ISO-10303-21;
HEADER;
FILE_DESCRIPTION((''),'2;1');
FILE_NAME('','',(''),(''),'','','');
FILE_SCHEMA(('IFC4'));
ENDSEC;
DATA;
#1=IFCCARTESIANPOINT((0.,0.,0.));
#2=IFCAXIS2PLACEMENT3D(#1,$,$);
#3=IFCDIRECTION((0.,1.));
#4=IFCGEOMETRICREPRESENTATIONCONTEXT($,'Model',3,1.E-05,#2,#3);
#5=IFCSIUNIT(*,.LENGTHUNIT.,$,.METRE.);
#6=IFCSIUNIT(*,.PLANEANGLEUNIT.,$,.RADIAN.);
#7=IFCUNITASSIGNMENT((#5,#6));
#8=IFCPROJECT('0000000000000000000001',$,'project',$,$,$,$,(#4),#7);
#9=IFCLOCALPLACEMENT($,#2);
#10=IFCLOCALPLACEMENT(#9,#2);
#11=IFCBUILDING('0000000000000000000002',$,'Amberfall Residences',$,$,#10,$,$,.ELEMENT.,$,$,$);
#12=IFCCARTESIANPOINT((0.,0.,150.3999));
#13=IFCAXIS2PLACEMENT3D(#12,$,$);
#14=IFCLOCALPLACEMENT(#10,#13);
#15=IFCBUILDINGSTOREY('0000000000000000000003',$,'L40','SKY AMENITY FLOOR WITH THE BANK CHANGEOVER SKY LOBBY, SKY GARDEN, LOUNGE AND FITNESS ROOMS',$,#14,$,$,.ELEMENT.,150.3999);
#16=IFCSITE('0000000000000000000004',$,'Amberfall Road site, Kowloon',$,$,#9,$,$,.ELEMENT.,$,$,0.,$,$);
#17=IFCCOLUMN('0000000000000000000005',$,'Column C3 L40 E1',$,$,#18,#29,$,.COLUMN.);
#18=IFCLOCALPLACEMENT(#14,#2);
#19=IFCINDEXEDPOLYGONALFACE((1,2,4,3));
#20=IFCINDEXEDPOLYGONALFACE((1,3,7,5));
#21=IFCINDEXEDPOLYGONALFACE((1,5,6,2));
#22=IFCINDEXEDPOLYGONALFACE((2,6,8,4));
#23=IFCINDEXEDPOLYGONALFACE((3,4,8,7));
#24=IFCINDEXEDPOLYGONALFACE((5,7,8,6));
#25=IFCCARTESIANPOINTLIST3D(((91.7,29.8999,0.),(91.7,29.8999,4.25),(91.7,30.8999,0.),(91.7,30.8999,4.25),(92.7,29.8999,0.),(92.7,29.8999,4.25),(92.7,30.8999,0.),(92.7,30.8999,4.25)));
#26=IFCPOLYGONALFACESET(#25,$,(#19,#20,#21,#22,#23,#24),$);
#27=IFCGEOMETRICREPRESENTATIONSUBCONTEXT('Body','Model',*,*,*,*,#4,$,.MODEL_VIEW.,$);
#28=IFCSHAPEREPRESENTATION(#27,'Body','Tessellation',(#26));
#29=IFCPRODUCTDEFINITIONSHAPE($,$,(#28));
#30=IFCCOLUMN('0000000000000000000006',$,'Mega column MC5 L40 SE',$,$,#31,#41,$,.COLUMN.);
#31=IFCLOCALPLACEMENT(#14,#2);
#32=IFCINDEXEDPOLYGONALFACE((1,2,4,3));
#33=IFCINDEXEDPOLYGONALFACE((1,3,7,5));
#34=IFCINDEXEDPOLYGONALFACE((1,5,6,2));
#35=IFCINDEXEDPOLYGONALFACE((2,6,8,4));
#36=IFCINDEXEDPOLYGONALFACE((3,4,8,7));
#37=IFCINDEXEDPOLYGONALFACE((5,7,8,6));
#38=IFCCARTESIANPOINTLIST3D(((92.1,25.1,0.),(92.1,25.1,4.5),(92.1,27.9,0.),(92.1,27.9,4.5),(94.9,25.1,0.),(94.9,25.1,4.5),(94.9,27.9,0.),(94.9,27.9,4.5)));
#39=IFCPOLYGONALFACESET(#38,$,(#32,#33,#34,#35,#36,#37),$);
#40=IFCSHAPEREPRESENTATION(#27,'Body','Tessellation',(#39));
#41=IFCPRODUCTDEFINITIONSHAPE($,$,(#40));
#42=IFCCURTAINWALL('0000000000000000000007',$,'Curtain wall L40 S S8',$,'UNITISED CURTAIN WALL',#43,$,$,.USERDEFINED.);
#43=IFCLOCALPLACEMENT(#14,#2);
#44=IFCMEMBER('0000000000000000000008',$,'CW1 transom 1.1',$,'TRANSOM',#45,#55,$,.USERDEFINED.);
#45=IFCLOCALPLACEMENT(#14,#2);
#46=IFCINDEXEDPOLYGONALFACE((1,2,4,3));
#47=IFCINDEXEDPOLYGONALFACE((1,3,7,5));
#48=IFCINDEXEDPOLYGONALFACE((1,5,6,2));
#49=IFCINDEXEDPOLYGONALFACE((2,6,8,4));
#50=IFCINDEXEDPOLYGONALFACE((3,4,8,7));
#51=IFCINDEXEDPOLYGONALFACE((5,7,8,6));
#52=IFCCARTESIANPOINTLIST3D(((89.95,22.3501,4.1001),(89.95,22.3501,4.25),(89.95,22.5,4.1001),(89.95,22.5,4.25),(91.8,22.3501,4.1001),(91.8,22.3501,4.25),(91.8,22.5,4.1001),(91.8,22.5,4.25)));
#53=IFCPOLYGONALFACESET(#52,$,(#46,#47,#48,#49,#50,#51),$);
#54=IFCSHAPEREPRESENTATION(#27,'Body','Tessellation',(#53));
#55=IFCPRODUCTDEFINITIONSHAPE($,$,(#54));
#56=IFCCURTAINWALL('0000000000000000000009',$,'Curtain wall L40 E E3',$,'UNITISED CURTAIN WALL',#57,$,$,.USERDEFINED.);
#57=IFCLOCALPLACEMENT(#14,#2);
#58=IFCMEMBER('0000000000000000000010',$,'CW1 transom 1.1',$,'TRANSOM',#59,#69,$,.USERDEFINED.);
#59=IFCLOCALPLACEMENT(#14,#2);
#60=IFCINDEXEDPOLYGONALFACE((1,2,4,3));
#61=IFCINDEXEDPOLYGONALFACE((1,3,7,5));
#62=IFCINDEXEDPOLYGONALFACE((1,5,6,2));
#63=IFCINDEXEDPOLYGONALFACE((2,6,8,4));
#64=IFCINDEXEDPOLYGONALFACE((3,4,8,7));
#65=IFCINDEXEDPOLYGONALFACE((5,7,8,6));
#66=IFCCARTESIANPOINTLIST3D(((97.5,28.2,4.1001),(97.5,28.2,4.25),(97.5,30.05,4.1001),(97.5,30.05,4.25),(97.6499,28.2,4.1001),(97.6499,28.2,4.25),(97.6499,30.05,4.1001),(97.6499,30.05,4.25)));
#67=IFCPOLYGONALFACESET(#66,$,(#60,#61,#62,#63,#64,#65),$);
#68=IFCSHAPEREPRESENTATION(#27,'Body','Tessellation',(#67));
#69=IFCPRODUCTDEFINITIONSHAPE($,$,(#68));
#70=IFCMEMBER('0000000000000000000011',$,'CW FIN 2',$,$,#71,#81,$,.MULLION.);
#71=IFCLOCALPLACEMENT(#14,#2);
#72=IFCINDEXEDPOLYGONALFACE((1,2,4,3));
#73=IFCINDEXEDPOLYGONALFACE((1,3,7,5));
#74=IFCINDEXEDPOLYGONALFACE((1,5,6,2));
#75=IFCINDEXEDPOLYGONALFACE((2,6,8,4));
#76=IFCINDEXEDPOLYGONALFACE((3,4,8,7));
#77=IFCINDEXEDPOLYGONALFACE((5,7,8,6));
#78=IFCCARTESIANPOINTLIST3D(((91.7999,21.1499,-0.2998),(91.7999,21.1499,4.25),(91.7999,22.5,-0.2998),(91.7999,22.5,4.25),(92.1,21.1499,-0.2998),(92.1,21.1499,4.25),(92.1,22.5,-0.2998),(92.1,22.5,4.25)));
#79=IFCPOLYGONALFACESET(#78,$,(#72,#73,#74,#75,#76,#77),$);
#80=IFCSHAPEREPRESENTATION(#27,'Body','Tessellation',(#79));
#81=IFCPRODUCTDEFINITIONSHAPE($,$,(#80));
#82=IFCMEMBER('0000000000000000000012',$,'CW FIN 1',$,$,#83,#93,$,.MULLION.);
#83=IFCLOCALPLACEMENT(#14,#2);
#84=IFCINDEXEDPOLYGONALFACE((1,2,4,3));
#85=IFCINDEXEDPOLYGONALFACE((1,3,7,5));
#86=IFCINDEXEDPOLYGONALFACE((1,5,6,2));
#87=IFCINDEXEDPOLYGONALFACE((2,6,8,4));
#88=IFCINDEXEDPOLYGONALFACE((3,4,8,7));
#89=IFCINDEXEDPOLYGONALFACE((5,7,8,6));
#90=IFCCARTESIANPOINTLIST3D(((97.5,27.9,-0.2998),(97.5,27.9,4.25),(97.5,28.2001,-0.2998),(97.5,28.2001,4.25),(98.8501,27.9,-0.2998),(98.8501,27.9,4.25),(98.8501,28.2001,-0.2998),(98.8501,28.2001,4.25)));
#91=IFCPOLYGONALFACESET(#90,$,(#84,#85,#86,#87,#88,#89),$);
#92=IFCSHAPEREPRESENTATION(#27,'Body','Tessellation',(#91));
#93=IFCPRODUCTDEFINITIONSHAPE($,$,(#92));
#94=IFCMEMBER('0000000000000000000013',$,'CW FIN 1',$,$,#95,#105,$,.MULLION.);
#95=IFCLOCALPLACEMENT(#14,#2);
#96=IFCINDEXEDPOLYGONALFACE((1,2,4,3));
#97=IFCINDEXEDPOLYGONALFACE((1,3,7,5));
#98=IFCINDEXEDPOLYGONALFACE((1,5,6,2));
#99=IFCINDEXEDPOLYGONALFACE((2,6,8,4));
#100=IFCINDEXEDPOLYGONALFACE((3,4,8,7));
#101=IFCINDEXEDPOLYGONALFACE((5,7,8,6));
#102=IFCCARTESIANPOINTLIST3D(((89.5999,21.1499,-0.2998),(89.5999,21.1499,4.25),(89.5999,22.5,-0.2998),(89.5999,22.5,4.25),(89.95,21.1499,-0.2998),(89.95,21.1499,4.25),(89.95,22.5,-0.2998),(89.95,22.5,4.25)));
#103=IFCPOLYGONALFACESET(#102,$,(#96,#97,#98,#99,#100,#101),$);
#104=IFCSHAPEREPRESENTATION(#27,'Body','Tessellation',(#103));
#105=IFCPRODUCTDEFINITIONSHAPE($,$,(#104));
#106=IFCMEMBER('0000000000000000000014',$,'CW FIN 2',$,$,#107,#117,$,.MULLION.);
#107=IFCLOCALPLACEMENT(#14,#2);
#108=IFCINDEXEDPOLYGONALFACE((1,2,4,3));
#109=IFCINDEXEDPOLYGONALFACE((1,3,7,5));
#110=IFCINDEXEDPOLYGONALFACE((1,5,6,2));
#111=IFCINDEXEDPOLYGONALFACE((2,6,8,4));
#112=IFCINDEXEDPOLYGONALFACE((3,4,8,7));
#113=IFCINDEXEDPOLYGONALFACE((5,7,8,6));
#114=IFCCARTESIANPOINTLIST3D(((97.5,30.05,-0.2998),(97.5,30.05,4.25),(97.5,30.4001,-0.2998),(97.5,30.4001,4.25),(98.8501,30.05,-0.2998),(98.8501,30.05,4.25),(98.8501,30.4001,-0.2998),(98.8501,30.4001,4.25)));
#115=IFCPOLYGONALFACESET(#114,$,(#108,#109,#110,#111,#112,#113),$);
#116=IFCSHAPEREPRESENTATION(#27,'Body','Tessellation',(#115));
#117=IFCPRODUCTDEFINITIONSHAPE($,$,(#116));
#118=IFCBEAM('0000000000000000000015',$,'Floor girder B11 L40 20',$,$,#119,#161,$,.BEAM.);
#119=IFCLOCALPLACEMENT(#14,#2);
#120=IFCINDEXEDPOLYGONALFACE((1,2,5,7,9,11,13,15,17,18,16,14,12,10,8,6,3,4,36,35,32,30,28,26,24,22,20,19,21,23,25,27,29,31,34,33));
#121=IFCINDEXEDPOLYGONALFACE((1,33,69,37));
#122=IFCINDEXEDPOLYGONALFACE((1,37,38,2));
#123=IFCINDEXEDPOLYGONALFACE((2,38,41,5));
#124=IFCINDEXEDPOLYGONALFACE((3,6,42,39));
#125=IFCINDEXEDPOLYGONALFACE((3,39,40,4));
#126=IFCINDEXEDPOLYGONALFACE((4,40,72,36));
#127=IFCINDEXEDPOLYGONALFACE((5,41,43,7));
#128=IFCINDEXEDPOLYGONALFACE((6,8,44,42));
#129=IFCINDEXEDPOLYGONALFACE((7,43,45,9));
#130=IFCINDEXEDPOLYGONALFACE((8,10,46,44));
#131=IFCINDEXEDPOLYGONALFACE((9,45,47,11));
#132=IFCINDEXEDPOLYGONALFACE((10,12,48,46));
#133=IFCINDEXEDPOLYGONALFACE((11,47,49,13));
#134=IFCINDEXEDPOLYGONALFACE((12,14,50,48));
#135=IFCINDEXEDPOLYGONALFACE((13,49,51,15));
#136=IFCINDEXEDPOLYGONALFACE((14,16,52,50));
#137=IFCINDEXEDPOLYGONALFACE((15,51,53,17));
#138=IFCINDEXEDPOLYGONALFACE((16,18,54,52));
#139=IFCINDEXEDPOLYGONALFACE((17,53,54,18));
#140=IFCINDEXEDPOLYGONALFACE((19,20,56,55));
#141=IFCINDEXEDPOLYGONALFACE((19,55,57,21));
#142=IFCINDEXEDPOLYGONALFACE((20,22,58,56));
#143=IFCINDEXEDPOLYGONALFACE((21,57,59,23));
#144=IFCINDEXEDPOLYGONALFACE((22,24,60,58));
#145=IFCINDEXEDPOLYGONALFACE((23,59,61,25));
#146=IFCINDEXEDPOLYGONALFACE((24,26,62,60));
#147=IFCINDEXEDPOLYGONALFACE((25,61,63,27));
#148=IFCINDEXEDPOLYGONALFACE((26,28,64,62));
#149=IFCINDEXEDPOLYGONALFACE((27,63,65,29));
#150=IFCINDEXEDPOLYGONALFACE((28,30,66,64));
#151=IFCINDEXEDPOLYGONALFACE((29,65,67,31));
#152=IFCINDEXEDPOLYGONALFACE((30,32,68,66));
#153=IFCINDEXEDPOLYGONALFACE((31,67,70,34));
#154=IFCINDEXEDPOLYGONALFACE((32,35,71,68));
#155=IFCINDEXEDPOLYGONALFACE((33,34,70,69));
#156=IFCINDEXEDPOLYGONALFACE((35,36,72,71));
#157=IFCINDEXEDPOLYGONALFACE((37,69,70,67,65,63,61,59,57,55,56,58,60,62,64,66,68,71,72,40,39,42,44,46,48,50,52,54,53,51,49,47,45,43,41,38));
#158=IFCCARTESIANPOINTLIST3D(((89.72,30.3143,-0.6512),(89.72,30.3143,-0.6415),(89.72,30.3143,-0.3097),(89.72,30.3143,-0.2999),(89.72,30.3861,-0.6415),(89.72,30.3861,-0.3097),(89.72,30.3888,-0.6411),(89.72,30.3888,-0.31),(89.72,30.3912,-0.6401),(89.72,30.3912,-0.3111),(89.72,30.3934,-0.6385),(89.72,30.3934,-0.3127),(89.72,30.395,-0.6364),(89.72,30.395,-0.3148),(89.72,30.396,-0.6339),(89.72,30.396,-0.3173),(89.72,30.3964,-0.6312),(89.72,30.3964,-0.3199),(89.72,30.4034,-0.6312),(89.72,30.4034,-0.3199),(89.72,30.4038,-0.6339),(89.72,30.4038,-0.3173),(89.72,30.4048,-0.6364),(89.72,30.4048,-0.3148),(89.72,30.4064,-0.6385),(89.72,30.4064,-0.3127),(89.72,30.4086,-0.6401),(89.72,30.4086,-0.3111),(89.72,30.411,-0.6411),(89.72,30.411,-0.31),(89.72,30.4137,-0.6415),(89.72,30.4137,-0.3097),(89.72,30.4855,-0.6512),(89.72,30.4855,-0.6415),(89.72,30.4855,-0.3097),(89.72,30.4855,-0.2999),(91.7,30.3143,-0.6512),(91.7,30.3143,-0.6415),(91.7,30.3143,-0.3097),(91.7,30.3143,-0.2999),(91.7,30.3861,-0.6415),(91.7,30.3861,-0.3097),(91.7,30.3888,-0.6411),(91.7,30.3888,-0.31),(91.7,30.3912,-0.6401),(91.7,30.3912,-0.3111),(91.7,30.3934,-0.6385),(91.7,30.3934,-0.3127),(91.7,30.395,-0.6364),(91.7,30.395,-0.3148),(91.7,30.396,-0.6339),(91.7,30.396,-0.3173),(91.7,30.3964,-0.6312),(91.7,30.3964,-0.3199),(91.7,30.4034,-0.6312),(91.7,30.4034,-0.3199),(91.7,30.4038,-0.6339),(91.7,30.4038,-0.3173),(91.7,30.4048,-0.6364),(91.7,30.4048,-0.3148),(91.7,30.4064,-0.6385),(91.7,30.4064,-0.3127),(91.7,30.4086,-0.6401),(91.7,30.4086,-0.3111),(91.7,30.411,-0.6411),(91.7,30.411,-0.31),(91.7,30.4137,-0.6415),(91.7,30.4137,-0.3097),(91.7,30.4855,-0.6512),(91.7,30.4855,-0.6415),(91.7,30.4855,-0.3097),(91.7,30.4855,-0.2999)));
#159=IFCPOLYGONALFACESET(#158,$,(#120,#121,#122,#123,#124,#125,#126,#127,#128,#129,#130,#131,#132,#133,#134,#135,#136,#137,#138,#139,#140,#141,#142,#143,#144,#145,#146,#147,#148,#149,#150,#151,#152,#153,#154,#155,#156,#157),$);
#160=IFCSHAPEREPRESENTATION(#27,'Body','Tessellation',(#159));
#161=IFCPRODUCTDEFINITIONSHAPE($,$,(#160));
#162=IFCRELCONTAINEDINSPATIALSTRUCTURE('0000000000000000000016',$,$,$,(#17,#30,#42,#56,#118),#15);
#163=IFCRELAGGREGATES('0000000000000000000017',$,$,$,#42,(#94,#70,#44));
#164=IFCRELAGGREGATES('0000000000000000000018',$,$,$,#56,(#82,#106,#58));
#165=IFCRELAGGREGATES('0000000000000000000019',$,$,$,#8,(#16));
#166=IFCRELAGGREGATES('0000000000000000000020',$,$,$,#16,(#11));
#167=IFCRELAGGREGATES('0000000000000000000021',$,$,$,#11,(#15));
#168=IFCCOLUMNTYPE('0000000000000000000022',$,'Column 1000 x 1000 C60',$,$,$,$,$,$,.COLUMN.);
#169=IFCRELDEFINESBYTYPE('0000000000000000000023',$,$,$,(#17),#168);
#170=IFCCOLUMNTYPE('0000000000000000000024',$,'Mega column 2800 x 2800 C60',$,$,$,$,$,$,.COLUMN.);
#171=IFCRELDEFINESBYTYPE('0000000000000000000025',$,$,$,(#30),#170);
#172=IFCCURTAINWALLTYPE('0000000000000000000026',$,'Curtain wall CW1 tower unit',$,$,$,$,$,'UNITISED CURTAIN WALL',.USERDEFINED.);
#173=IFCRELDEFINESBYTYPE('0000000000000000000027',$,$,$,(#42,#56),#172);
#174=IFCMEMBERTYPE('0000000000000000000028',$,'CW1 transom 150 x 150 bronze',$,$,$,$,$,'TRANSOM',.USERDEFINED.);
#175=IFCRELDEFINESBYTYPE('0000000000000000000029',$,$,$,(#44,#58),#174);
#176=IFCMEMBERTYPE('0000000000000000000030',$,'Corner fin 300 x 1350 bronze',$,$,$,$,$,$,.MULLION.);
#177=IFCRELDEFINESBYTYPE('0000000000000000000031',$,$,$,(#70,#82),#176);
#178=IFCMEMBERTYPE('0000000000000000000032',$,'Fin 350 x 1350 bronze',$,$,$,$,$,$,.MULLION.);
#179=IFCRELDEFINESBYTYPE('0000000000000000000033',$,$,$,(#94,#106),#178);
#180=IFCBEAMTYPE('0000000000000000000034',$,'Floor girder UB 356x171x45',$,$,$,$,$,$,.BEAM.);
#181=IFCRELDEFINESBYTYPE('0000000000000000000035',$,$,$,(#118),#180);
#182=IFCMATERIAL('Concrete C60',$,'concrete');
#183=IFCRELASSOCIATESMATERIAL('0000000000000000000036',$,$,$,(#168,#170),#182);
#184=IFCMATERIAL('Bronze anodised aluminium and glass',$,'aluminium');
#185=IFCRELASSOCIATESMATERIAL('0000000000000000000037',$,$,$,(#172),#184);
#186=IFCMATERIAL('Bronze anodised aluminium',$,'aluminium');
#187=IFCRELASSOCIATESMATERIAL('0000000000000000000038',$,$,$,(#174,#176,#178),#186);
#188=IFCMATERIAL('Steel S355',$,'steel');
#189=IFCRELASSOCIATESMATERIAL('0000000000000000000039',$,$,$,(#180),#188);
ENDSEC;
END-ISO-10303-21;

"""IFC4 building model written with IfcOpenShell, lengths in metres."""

from ifc_helpers import new_model, si_unit, direction, frame, origin, origin_2d, place, context, subcontext, project, spatial, rectangle, i_section, extrude, material, material_profile, profile_set, type_object, element, aggregate, save


model = new_model("IFC4")

# Units and contexts
model_context = context("Model", 3, precision=1e-05, world=origin(), true_north=direction((0.0, 1.0)))
body_context = subcontext(model_context, "Body", "Model", "MODEL_VIEW")
ifc_project = project(units=[si_unit("LENGTHUNIT", "METRE"), si_unit("PLANEANGLEUNIT", "RADIAN")], contexts=[model_context])

# Site, building, storey
site_placement = place(None, origin())
site = spatial("IfcSite", under=ifc_project, at=site_placement, Name="Amberfall Road site, Kowloon", CompositionType="ELEMENT", RefElevation=0.0)
building_placement = place(site_placement, origin())
building = spatial("IfcBuilding", under=site, at=building_placement, Name="Amberfall Residences", CompositionType="ELEMENT")
storey_placement = place(building_placement, frame((0.0, 0.0, 150.3999)))
storey = spatial("IfcBuildingStorey", under=building, at=storey_placement, Name="L40", Description="SKY AMENITY FLOOR WITH THE BANK CHANGEOVER SKY LOBBY, SKY GARDEN, LOUNGE AND FITNESS ROOMS", CompositionType="ELEMENT", Elevation=150.3999)

# Columns
ifc_material_1 = material(Name="Concrete C60", Category="concrete")
ifc_material_profile_1 = material_profile(ifc_material_1, rectangle(XDim=1.0, YDim=1.0, at=origin_2d()), Name="Column 1000 x 1000 C60")
ifc_profile_set_1 = profile_set([ifc_material_profile_1], Name="Concrete C60")
column_type_1 = type_object("IfcColumnType", Name="Column 1000 x 1000 C60", PredefinedType="COLUMN", material=ifc_profile_set_1)
column_1_placement = place(storey_placement, frame((92.2, 30.3999, 0.0), z_axis=(0.0, 0.0, 1.0), x_axis=(1.0, 0.0, 0.0)))
element("IfcColumn", 1, at=column_1_placement, inside=storey, type_object=column_type_1, Name="Column C3 L40 E1", PredefinedType="COLUMN", context=body_context, shape_type="SweptSolid", body=[
    extrude(rectangle(XDim=1.0, YDim=1.0, at=origin_2d()), origin(), (0.0, 0.0, 1.0), 4.25),
])
ifc_material_profile_2 = material_profile(ifc_material_1, rectangle(XDim=2.8, YDim=2.8, at=origin_2d()), Name="Mega column 2800 x 2800 C60")
ifc_profile_set_2 = profile_set([ifc_material_profile_2], Name="Concrete C60")
column_type_2 = type_object("IfcColumnType", Name="Mega column 2800 x 2800 C60", PredefinedType="COLUMN", material=ifc_profile_set_2)
column_2_placement = place(storey_placement, frame((93.5, 26.5, 0.0), z_axis=(0.0, 0.0, 1.0), x_axis=(1.0, 0.0, 0.0)))
element("IfcColumn", 2, at=column_2_placement, inside=storey, type_object=column_type_2, Name="Mega column MC5 L40 SE", PredefinedType="COLUMN", context=body_context, shape_type="SweptSolid", body=[
    extrude(rectangle(XDim=2.8, YDim=2.8, at=origin_2d()), origin(), (0.0, 0.0, 1.0), 4.5),
])

# Curtain walls, members
ifc_material_2 = material(Name="Bronze anodised aluminium and glass", Category="aluminium")
curtain_wall_type = type_object("IfcCurtainWallType", Name="Curtain wall CW1 tower unit", ElementType="UNITISED CURTAIN WALL", PredefinedType="USERDEFINED", material=ifc_material_2)
curtain_wall_1_placement = place(storey_placement, origin())
curtain_wall_1 = element("IfcCurtainWall", 3, at=curtain_wall_1_placement, inside=storey, type_object=curtain_wall_type, Name="Curtain wall L40 S S8", ObjectType="UNITISED CURTAIN WALL", PredefinedType="USERDEFINED")
ifc_material_3 = material(Name="Bronze anodised aluminium", Category="aluminium")
ifc_material_profile_3 = material_profile(ifc_material_3, rectangle(XDim=0.1499, YDim=0.1499, at=origin_2d()), Name="CW1 transom 150 x 150 bronze")
ifc_profile_set_3 = profile_set([ifc_material_profile_3], Name="Bronze anodised aluminium")
member_type_1 = type_object("IfcMemberType", Name="CW1 transom 150 x 150 bronze", ElementType="TRANSOM", PredefinedType="USERDEFINED", material=ifc_profile_set_3)
member_1_placement = place(storey_placement, frame((89.95, 22.425, 4.175), z_axis=(1.0, 0.0, 0.0), x_axis=(0.0, 1.0, 0.0)))
member_1 = element("IfcMember", 4, at=member_1_placement, type_object=member_type_1, Name="CW1 transom 1.1", ObjectType="TRANSOM", PredefinedType="USERDEFINED", context=body_context, shape_type="SweptSolid", body=[
    extrude(rectangle(XDim=0.1499, YDim=0.1499, at=origin_2d()), origin(), (0.0, 0.0, 1.0), 1.8501),
])
curtain_wall_2_placement = place(storey_placement, origin())
curtain_wall_2 = element("IfcCurtainWall", 5, at=curtain_wall_2_placement, inside=storey, type_object=curtain_wall_type, Name="Curtain wall L40 E E3", ObjectType="UNITISED CURTAIN WALL", PredefinedType="USERDEFINED")
member_2_placement = place(storey_placement, frame((97.575, 28.2, 4.175), z_axis=(0.0, 1.0, 0.0), x_axis=(-1.0, 0.0, 0.0)))
member_2 = element("IfcMember", 6, at=member_2_placement, type_object=member_type_1, Name="CW1 transom 1.1", ObjectType="TRANSOM", PredefinedType="USERDEFINED", context=body_context, shape_type="SweptSolid", body=[
    extrude(rectangle(XDim=0.1499, YDim=0.1499, at=origin_2d()), origin(), (0.0, 0.0, 1.0), 1.8501),
])

# Members
ifc_material_profile_4 = material_profile(ifc_material_3, rectangle(XDim=1.3501, YDim=0.3, at=origin_2d()), Name="Corner fin 300 x 1350 bronze")
ifc_profile_set_4 = profile_set([ifc_material_profile_4], Name="Bronze anodised aluminium")
member_type_2 = type_object("IfcMemberType", Name="Corner fin 300 x 1350 bronze", PredefinedType="MULLION", material=ifc_profile_set_4)
member_3_placement = place(storey_placement, frame((91.95, 21.825, -0.2998), z_axis=(0.0, 0.0, 1.0), x_axis=(0.0, 1.0, 0.0)))
member_3 = element("IfcMember", 7, at=member_3_placement, type_object=member_type_2, Name="CW FIN 2", PredefinedType="MULLION", context=body_context, shape_type="SweptSolid", body=[
    extrude(rectangle(XDim=1.3501, YDim=0.3, at=origin_2d()), origin(), (0.0, 0.0, 1.0), 4.5498),
])
member_4_placement = place(storey_placement, frame((98.175, 28.05, -0.2998), z_axis=(0.0, 0.0, 1.0), x_axis=(-1.0, 0.0, 0.0)))
member_4 = element("IfcMember", 8, at=member_4_placement, type_object=member_type_2, Name="CW FIN 1", PredefinedType="MULLION", context=body_context, shape_type="SweptSolid", body=[
    extrude(rectangle(XDim=1.3501, YDim=0.3, at=origin_2d()), origin(), (0.0, 0.0, 1.0), 4.5498),
])
ifc_material_profile_5 = material_profile(ifc_material_3, rectangle(XDim=1.3501, YDim=0.3501, at=origin_2d()), Name="Fin 350 x 1350 bronze")
ifc_profile_set_5 = profile_set([ifc_material_profile_5], Name="Bronze anodised aluminium")
member_type_3 = type_object("IfcMemberType", Name="Fin 350 x 1350 bronze", PredefinedType="MULLION", material=ifc_profile_set_5)
member_5_placement = place(storey_placement, frame((89.7749, 21.825, -0.2998), z_axis=(0.0, 0.0, 1.0), x_axis=(0.0, 1.0, 0.0)))
member_5 = element("IfcMember", 9, at=member_5_placement, type_object=member_type_3, Name="CW FIN 1", PredefinedType="MULLION", context=body_context, shape_type="SweptSolid", body=[
    extrude(rectangle(XDim=1.3501, YDim=0.3501, at=origin_2d()), origin(), (0.0, 0.0, 1.0), 4.5498),
])
member_6_placement = place(storey_placement, frame((98.175, 30.2251, -0.2998), z_axis=(0.0, 0.0, 1.0), x_axis=(-1.0, 0.0, 0.0)))
member_6 = element("IfcMember", 10, at=member_6_placement, type_object=member_type_3, Name="CW FIN 2", PredefinedType="MULLION", context=body_context, shape_type="SweptSolid", body=[
    extrude(rectangle(XDim=1.3501, YDim=0.3501, at=origin_2d()), origin(), (0.0, 0.0, 1.0), 4.5498),
])

# Beam
ifc_material_4 = material(Name="Steel S355", Category="steel")
ifc_material_profile_6 = material_profile(ifc_material_4, i_section(OverallWidth=0.1711, OverallDepth=0.3513, WebThickness=0.0071, FlangeThickness=0.0098, FilletRadius=0.0103, at=origin_2d()), Name="UB 356x171x45")
ifc_profile_set_6 = profile_set([ifc_material_profile_6], Name="Steel S355")
beam_type_1 = type_object("IfcBeamType", Name="Floor girder UB 356x171x45", PredefinedType="BEAM", material=ifc_profile_set_6)
beam_1_placement = place(storey_placement, frame((91.7, 30.3999, -0.4756), z_axis=(-1.0, 0.0, 0.0), x_axis=(0.0, -1.0, 0.0)))
element("IfcBeam", 11, at=beam_1_placement, inside=storey, type_object=beam_type_1, Name="Floor girder B11 L40 20", PredefinedType="BEAM", context=body_context, shape_type="SweptSolid", body=[
    extrude(i_section(OverallWidth=0.1711, OverallDepth=0.3513, WebThickness=0.0071, FlangeThickness=0.0098, FilletRadius=0.0103, at=origin_2d()), origin(), (0.0, 0.0, 1.0), 1.98),
])

aggregate(curtain_wall_1, [member_5, member_3, member_1])
aggregate(curtain_wall_2, [member_4, member_6, member_2])

save(model, "model.ifc")
